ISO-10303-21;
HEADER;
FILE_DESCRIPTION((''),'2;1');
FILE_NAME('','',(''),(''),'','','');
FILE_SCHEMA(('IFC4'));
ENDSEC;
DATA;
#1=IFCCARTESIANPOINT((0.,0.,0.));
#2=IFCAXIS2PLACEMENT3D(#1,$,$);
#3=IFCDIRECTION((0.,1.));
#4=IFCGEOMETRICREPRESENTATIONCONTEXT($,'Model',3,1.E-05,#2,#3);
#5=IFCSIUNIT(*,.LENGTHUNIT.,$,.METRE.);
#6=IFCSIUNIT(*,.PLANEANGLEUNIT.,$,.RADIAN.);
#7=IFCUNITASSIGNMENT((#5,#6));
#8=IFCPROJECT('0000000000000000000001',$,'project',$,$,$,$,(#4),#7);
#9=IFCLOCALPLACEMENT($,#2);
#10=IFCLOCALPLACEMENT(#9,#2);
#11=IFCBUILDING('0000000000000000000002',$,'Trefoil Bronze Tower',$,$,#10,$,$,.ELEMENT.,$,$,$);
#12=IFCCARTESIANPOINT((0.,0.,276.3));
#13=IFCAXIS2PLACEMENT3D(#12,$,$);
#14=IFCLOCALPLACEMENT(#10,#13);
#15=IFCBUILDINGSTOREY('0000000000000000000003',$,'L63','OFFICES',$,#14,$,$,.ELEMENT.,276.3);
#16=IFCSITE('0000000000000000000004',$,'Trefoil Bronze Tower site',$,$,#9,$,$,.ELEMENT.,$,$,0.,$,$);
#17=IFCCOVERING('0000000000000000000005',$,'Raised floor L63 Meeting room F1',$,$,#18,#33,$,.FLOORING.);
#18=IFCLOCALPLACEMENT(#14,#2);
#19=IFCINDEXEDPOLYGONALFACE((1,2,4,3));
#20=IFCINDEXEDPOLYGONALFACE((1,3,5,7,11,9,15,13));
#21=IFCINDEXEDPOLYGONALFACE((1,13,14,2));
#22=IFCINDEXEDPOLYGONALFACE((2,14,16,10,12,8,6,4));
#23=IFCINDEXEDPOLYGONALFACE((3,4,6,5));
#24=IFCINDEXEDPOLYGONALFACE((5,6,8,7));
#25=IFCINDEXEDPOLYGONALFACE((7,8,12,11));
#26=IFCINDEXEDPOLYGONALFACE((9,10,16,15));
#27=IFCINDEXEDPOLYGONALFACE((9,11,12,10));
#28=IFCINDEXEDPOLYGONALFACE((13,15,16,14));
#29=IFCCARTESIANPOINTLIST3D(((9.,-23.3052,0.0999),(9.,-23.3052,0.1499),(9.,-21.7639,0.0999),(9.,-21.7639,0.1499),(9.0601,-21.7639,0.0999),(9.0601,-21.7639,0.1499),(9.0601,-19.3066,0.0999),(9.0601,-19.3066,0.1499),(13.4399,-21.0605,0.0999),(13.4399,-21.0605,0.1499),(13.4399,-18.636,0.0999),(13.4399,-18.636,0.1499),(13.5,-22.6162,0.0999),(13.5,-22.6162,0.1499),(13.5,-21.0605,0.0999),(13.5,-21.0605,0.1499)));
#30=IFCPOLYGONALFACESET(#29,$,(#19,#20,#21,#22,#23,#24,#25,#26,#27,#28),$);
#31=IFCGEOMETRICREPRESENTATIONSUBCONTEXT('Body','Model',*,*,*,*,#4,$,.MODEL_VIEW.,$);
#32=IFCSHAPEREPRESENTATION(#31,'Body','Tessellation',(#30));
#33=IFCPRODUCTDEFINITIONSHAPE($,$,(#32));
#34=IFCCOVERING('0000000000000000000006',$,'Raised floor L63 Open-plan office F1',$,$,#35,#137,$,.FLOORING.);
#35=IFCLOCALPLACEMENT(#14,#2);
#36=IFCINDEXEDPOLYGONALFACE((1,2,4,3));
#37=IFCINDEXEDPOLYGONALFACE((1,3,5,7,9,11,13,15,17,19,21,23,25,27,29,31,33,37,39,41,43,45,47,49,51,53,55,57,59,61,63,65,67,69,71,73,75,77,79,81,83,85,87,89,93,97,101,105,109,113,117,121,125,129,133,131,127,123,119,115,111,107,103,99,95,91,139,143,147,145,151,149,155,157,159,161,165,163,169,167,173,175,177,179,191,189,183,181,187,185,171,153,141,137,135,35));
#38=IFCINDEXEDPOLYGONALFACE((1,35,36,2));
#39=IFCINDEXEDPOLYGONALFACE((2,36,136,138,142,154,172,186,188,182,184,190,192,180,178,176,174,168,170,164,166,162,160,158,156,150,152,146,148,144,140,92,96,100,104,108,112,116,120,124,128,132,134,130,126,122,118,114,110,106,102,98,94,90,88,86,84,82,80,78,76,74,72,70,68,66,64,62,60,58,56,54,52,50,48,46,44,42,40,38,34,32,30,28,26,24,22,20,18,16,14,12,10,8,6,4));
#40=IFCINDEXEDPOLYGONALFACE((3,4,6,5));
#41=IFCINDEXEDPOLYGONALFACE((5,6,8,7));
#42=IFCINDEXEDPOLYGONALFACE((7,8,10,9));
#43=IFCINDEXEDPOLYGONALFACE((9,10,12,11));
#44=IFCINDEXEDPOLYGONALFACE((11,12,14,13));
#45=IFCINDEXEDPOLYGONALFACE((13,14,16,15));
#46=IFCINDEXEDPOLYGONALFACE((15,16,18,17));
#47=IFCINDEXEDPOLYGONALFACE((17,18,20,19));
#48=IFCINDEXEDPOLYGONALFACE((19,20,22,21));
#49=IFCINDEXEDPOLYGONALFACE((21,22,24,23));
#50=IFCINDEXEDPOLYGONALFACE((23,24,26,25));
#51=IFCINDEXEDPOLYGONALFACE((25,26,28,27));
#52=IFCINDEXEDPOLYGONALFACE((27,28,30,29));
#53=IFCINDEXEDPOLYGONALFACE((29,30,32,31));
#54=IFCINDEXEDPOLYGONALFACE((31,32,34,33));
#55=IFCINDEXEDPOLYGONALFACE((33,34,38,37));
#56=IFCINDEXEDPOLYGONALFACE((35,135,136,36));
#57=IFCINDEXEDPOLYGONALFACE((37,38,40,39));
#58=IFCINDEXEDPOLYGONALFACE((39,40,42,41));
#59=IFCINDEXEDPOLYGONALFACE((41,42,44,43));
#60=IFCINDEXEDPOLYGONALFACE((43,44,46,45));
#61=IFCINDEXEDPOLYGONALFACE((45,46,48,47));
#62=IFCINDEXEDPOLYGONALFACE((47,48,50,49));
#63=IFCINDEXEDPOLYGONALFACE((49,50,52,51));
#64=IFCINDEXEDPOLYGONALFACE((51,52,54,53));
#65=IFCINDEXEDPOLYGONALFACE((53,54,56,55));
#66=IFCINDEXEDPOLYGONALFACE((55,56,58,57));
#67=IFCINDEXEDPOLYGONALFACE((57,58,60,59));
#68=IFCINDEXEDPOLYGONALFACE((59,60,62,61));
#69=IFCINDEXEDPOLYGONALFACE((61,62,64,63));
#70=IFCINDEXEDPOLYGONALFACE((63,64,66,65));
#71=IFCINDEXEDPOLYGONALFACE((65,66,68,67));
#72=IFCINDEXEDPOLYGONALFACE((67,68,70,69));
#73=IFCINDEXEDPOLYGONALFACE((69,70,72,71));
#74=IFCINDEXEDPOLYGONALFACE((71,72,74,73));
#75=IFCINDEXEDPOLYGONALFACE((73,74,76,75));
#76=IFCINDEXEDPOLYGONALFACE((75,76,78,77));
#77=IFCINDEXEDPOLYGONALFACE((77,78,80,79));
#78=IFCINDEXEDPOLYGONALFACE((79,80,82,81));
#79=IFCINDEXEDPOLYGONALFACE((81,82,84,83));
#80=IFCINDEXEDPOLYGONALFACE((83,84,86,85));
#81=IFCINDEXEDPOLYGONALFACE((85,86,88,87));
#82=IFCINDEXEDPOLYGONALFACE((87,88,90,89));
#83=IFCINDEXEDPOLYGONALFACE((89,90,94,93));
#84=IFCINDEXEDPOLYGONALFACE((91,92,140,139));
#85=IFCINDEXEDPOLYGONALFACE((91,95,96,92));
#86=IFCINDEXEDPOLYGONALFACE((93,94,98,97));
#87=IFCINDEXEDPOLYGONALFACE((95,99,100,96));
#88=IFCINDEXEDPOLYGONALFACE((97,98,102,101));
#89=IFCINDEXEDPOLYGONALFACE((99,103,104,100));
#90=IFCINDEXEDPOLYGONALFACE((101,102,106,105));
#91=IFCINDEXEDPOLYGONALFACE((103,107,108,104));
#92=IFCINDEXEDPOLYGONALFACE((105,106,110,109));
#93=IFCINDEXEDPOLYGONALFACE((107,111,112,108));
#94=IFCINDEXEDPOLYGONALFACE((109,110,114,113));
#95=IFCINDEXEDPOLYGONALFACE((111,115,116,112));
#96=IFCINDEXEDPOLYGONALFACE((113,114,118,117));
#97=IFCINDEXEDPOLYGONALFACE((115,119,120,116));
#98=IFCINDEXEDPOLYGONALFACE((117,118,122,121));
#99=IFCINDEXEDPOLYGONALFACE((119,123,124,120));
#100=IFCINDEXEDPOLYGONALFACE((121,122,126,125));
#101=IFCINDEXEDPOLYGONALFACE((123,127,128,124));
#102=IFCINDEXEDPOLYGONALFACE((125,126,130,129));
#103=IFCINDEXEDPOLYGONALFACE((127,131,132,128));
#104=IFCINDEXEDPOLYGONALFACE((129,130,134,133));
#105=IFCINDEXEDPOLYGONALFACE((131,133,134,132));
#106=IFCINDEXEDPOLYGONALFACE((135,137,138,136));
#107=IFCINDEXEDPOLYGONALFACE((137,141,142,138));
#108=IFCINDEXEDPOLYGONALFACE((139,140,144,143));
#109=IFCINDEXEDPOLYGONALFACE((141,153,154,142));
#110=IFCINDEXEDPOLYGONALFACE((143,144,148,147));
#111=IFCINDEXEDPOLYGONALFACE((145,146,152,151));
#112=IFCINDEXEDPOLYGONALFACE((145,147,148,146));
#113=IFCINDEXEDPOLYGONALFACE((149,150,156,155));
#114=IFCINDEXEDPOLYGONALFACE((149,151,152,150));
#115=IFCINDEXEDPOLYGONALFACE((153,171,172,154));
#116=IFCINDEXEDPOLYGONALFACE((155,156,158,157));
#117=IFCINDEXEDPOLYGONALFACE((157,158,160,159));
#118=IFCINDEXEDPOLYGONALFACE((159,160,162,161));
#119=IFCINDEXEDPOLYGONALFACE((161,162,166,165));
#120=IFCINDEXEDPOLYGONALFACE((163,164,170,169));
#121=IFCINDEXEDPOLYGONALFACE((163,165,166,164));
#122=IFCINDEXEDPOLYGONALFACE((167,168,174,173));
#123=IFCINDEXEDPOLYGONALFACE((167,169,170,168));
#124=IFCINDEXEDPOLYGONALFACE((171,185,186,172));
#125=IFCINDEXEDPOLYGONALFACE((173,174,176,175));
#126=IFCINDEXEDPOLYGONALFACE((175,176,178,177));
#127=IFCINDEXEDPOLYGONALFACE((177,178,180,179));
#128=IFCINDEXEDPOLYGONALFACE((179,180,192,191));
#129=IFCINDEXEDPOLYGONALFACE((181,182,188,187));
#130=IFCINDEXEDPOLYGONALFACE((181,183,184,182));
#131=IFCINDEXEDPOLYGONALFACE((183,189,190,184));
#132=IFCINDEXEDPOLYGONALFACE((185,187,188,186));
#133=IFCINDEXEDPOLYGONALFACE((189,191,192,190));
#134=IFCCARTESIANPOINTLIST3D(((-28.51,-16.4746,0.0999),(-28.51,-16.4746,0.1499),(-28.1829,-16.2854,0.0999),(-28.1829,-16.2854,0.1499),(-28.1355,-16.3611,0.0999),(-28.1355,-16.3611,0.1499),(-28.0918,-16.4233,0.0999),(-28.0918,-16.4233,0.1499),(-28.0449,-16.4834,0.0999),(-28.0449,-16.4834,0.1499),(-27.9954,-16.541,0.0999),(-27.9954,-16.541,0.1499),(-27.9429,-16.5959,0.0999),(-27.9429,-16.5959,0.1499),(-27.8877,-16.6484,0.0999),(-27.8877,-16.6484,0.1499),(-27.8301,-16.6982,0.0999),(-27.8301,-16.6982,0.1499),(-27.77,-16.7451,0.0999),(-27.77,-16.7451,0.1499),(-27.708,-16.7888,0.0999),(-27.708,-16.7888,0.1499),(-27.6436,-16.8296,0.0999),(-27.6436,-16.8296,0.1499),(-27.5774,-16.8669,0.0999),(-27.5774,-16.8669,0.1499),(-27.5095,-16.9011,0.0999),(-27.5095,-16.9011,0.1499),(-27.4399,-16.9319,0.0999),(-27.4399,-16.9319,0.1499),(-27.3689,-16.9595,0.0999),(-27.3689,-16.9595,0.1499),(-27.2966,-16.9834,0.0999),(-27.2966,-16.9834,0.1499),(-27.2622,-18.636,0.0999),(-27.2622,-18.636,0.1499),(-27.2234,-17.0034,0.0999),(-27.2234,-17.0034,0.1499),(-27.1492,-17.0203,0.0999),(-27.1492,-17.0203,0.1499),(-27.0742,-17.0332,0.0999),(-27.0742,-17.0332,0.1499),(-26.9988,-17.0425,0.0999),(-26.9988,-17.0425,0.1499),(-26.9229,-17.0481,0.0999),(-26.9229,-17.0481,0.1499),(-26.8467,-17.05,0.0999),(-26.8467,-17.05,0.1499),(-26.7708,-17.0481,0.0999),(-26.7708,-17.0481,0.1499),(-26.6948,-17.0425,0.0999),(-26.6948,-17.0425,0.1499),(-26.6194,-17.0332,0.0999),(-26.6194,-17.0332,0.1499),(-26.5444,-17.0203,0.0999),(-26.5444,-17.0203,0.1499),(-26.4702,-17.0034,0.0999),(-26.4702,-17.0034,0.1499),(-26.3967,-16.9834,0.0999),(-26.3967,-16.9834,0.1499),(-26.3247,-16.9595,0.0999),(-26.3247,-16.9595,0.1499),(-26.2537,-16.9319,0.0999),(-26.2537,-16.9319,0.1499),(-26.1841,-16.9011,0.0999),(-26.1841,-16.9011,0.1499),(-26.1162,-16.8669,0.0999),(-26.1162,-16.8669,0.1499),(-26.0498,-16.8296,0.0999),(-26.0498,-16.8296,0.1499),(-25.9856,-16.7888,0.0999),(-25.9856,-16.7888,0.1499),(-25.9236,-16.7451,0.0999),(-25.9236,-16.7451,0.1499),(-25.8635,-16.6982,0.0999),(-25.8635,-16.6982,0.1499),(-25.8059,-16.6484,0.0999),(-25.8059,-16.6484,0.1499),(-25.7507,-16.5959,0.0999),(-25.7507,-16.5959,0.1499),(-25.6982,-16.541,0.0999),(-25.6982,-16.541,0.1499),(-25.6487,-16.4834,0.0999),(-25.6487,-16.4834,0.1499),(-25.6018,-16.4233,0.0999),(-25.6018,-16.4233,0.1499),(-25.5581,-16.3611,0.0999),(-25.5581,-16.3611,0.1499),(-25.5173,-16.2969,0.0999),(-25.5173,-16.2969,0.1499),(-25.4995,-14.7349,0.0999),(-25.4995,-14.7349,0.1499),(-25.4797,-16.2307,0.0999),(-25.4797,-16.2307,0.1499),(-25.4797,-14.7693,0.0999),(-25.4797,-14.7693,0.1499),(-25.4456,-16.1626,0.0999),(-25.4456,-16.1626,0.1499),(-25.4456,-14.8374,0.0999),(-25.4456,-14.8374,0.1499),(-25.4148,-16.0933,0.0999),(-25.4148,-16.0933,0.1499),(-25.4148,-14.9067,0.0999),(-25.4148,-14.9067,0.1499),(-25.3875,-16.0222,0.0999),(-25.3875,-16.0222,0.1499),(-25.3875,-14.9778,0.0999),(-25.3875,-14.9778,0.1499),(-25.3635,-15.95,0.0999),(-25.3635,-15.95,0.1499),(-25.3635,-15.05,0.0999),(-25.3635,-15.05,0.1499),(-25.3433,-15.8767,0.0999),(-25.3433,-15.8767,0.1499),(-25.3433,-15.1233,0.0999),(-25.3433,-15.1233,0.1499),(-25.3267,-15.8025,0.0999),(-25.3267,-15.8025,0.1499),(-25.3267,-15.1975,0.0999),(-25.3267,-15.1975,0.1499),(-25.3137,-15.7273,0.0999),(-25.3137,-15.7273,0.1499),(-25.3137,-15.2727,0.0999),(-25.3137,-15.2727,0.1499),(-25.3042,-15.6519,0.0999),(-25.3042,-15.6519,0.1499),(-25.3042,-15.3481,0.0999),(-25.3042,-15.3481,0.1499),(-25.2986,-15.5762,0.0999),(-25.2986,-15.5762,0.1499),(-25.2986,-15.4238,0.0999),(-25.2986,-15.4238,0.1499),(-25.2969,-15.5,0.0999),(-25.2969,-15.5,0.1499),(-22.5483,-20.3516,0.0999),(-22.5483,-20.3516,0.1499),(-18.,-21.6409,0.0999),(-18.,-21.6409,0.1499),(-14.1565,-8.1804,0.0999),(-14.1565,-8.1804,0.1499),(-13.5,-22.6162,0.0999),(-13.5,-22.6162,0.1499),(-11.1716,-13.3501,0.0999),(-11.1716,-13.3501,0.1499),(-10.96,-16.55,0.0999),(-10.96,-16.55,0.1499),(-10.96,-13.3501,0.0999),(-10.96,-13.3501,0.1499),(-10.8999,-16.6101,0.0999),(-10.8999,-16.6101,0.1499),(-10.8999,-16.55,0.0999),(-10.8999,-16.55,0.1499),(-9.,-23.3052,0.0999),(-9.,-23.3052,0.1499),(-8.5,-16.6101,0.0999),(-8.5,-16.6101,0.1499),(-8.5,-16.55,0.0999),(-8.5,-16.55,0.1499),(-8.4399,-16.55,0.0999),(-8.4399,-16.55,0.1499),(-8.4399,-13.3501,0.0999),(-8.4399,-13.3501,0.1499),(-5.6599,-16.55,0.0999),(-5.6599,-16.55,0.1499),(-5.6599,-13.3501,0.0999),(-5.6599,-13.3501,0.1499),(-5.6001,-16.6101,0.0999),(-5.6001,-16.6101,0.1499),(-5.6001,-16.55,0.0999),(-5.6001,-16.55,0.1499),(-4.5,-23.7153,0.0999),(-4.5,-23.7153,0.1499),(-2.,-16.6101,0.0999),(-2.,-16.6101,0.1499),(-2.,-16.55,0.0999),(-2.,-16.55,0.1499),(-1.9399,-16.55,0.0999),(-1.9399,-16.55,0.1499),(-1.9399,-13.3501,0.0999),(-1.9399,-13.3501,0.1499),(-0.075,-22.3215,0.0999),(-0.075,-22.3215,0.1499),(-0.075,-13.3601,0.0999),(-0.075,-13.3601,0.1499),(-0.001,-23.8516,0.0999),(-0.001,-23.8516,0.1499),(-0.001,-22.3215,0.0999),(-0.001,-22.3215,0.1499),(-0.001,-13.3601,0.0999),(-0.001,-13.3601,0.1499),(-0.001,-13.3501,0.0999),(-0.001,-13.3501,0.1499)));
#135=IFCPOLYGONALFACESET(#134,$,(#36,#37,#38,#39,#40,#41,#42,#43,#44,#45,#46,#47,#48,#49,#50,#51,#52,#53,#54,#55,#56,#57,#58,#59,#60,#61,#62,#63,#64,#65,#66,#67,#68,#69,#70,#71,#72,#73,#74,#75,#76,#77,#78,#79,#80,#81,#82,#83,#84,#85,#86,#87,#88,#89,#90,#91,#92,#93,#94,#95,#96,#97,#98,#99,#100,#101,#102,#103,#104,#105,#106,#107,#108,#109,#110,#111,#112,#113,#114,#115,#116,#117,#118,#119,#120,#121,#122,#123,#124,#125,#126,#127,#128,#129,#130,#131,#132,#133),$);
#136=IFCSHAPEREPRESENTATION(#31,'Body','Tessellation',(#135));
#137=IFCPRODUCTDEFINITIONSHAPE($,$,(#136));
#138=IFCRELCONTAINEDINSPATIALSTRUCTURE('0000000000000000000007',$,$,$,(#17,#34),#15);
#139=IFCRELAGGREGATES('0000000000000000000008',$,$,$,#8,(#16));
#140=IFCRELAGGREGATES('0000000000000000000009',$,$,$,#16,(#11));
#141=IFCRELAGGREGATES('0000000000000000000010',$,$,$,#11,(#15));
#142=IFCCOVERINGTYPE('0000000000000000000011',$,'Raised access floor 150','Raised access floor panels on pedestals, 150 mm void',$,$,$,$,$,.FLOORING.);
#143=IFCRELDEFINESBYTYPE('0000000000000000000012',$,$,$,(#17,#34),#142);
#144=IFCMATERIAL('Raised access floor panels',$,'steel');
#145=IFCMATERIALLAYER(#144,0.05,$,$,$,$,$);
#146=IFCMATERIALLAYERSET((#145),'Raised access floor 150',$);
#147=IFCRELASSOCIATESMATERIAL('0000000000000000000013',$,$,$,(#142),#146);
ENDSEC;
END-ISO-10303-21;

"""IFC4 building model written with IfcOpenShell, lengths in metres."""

from ifc_helpers import new_model, si_unit, direction, frame, origin, place, context, subcontext, project, spatial, polyline, outline, extrude, material, layer, layer_set, type_object, element, save


model = new_model("IFC4")

# Units and contexts
model_context = context("Model", 3, precision=1e-05, world=origin(), true_north=direction((0.0, 1.0)))
body_context = subcontext(model_context, "Body", "Model", "MODEL_VIEW")
ifc_project = project(units=[si_unit("LENGTHUNIT", "METRE"), si_unit("PLANEANGLEUNIT", "RADIAN")], contexts=[model_context])

# Site, building, storey
site_placement = place(None, origin())
site = spatial("IfcSite", under=ifc_project, at=site_placement, Name="Trefoil Bronze Tower site", CompositionType="ELEMENT", RefElevation=0.0)
building_placement = place(site_placement, origin())
building = spatial("IfcBuilding", under=site, at=building_placement, Name="Trefoil Bronze Tower", CompositionType="ELEMENT")
storey_placement = place(building_placement, frame((0.0, 0.0, 276.3)))
storey = spatial("IfcBuildingStorey", under=building, at=storey_placement, Name="L63", Description="OFFICES", CompositionType="ELEMENT", Elevation=276.3)

# Coverings
ifc_material_1 = material(Name="Raised access floor panels", Category="steel")
ifc_layer_1 = layer(ifc_material_1, 0.05)
ifc_layer_set_1 = layer_set([ifc_layer_1], Name="Raised access floor 150")
covering_type_1 = type_object("IfcCoveringType", Name="Raised access floor 150", Description="Raised access floor panels on pedestals, 150 mm void", PredefinedType="FLOORING", material=ifc_layer_set_1)
covering_1_placement = place(storey_placement, frame((0.0, 0.0, 0.0999)))
element("IfcCovering", 1, at=covering_1_placement, inside=storey, type_object=covering_type_1, Name="Raised floor L63 Meeting room F1", PredefinedType="FLOORING", context=body_context, shape_type="SweptSolid", body=[
    extrude(outline(polyline([(13.5, -22.6162), (9.0, -23.3052), (9.0, -21.7639), (9.0601, -21.7639), (9.0601, -19.3066), (13.4399, -18.636), (13.4399, -21.0605), (13.5, -21.0605), (13.5, -22.6162)])), origin(), (0.0, 0.0, 1.0), 0.05),
])
covering_2_placement = place(storey_placement, frame((0.0, 0.0, 0.0999)))
element("IfcCovering", 2, at=covering_2_placement, inside=storey, type_object=covering_type_1, Name="Raised floor L63 Open-plan office F1", PredefinedType="FLOORING", context=body_context, shape_type="SweptSolid", body=[
    extrude(outline(polyline([(-25.4995, -14.7349), (-14.1565, -8.1804), (-11.1716, -13.3501), (-10.96, -13.3501), (-10.96, -16.55), (-10.8999, -16.55), (-10.8999, -16.6101), (-8.5, -16.6101), (-8.5, -16.55), (-8.4399, -16.55), (-8.4399, -13.3501), (-5.6599, -13.3501), (-5.6599, -16.55), (-5.6001, -16.55), (-5.6001, -16.6101), (-2.0, -16.6101), (-2.0, -16.55), (-1.9399, -16.55), (-1.9399, -13.3501), (-0.001, -13.3501), (-0.001, -13.3601), (-0.075, -13.3601), (-0.075, -22.3215), (-0.001, -22.3215), (-0.001, -23.8516), (-4.5, -23.7153), (-9.0, -23.3052), (-13.5, -22.6162), (-18.0, -21.6409), (-22.5483, -20.3516), (-27.2622, -18.636), (-28.51, -16.4746), (-28.1829, -16.2854), (-28.1355, -16.3611), (-28.0918, -16.4233), (-28.0449, -16.4834), (-27.9954, -16.541), (-27.9429, -16.5959), (-27.8877, -16.6484), (-27.8301, -16.6982), (-27.77, -16.7451), (-27.708, -16.7888), (-27.6436, -16.8296), (-27.5774, -16.8669), (-27.5095, -16.9011), (-27.4399, -16.9319), (-27.3689, -16.9595), (-27.2966, -16.9834), (-27.2234, -17.0034), (-27.1492, -17.0203), (-27.0742, -17.0332), (-26.9988, -17.0425), (-26.9229, -17.0481), (-26.8467, -17.05), (-26.7708, -17.0481), (-26.6948, -17.0425), (-26.6194, -17.0332), (-26.5444, -17.0203), (-26.4702, -17.0034), (-26.3967, -16.9834), (-26.3247, -16.9595), (-26.2537, -16.9319), (-26.1841, -16.9011), (-26.1162, -16.8669), (-26.0498, -16.8296), (-25.9856, -16.7888), (-25.9236, -16.7451), (-25.8635, -16.6982), (-25.8059, -16.6484), (-25.7507, -16.5959), (-25.6982, -16.541), (-25.6487, -16.4834), (-25.6018, -16.4233), (-25.5581, -16.3611), (-25.5173, -16.2969), (-25.4797, -16.2307), (-25.4456, -16.1626), (-25.4148, -16.0933), (-25.3875, -16.0222), (-25.3635, -15.95), (-25.3433, -15.8767), (-25.3267, -15.8025), (-25.3137, -15.7273), (-25.3042, -15.6519), (-25.2986, -15.5762), (-25.2969, -15.5), (-25.2986, -15.4238), (-25.3042, -15.3481), (-25.3137, -15.2727), (-25.3267, -15.1975), (-25.3433, -15.1233), (-25.3635, -15.05), (-25.3875, -14.9778), (-25.4148, -14.9067), (-25.4456, -14.8374), (-25.4797, -14.7693), (-25.4995, -14.7349)])), origin(), (0.0, 0.0, 1.0), 0.05),
])

save(model, "model.ifc")
